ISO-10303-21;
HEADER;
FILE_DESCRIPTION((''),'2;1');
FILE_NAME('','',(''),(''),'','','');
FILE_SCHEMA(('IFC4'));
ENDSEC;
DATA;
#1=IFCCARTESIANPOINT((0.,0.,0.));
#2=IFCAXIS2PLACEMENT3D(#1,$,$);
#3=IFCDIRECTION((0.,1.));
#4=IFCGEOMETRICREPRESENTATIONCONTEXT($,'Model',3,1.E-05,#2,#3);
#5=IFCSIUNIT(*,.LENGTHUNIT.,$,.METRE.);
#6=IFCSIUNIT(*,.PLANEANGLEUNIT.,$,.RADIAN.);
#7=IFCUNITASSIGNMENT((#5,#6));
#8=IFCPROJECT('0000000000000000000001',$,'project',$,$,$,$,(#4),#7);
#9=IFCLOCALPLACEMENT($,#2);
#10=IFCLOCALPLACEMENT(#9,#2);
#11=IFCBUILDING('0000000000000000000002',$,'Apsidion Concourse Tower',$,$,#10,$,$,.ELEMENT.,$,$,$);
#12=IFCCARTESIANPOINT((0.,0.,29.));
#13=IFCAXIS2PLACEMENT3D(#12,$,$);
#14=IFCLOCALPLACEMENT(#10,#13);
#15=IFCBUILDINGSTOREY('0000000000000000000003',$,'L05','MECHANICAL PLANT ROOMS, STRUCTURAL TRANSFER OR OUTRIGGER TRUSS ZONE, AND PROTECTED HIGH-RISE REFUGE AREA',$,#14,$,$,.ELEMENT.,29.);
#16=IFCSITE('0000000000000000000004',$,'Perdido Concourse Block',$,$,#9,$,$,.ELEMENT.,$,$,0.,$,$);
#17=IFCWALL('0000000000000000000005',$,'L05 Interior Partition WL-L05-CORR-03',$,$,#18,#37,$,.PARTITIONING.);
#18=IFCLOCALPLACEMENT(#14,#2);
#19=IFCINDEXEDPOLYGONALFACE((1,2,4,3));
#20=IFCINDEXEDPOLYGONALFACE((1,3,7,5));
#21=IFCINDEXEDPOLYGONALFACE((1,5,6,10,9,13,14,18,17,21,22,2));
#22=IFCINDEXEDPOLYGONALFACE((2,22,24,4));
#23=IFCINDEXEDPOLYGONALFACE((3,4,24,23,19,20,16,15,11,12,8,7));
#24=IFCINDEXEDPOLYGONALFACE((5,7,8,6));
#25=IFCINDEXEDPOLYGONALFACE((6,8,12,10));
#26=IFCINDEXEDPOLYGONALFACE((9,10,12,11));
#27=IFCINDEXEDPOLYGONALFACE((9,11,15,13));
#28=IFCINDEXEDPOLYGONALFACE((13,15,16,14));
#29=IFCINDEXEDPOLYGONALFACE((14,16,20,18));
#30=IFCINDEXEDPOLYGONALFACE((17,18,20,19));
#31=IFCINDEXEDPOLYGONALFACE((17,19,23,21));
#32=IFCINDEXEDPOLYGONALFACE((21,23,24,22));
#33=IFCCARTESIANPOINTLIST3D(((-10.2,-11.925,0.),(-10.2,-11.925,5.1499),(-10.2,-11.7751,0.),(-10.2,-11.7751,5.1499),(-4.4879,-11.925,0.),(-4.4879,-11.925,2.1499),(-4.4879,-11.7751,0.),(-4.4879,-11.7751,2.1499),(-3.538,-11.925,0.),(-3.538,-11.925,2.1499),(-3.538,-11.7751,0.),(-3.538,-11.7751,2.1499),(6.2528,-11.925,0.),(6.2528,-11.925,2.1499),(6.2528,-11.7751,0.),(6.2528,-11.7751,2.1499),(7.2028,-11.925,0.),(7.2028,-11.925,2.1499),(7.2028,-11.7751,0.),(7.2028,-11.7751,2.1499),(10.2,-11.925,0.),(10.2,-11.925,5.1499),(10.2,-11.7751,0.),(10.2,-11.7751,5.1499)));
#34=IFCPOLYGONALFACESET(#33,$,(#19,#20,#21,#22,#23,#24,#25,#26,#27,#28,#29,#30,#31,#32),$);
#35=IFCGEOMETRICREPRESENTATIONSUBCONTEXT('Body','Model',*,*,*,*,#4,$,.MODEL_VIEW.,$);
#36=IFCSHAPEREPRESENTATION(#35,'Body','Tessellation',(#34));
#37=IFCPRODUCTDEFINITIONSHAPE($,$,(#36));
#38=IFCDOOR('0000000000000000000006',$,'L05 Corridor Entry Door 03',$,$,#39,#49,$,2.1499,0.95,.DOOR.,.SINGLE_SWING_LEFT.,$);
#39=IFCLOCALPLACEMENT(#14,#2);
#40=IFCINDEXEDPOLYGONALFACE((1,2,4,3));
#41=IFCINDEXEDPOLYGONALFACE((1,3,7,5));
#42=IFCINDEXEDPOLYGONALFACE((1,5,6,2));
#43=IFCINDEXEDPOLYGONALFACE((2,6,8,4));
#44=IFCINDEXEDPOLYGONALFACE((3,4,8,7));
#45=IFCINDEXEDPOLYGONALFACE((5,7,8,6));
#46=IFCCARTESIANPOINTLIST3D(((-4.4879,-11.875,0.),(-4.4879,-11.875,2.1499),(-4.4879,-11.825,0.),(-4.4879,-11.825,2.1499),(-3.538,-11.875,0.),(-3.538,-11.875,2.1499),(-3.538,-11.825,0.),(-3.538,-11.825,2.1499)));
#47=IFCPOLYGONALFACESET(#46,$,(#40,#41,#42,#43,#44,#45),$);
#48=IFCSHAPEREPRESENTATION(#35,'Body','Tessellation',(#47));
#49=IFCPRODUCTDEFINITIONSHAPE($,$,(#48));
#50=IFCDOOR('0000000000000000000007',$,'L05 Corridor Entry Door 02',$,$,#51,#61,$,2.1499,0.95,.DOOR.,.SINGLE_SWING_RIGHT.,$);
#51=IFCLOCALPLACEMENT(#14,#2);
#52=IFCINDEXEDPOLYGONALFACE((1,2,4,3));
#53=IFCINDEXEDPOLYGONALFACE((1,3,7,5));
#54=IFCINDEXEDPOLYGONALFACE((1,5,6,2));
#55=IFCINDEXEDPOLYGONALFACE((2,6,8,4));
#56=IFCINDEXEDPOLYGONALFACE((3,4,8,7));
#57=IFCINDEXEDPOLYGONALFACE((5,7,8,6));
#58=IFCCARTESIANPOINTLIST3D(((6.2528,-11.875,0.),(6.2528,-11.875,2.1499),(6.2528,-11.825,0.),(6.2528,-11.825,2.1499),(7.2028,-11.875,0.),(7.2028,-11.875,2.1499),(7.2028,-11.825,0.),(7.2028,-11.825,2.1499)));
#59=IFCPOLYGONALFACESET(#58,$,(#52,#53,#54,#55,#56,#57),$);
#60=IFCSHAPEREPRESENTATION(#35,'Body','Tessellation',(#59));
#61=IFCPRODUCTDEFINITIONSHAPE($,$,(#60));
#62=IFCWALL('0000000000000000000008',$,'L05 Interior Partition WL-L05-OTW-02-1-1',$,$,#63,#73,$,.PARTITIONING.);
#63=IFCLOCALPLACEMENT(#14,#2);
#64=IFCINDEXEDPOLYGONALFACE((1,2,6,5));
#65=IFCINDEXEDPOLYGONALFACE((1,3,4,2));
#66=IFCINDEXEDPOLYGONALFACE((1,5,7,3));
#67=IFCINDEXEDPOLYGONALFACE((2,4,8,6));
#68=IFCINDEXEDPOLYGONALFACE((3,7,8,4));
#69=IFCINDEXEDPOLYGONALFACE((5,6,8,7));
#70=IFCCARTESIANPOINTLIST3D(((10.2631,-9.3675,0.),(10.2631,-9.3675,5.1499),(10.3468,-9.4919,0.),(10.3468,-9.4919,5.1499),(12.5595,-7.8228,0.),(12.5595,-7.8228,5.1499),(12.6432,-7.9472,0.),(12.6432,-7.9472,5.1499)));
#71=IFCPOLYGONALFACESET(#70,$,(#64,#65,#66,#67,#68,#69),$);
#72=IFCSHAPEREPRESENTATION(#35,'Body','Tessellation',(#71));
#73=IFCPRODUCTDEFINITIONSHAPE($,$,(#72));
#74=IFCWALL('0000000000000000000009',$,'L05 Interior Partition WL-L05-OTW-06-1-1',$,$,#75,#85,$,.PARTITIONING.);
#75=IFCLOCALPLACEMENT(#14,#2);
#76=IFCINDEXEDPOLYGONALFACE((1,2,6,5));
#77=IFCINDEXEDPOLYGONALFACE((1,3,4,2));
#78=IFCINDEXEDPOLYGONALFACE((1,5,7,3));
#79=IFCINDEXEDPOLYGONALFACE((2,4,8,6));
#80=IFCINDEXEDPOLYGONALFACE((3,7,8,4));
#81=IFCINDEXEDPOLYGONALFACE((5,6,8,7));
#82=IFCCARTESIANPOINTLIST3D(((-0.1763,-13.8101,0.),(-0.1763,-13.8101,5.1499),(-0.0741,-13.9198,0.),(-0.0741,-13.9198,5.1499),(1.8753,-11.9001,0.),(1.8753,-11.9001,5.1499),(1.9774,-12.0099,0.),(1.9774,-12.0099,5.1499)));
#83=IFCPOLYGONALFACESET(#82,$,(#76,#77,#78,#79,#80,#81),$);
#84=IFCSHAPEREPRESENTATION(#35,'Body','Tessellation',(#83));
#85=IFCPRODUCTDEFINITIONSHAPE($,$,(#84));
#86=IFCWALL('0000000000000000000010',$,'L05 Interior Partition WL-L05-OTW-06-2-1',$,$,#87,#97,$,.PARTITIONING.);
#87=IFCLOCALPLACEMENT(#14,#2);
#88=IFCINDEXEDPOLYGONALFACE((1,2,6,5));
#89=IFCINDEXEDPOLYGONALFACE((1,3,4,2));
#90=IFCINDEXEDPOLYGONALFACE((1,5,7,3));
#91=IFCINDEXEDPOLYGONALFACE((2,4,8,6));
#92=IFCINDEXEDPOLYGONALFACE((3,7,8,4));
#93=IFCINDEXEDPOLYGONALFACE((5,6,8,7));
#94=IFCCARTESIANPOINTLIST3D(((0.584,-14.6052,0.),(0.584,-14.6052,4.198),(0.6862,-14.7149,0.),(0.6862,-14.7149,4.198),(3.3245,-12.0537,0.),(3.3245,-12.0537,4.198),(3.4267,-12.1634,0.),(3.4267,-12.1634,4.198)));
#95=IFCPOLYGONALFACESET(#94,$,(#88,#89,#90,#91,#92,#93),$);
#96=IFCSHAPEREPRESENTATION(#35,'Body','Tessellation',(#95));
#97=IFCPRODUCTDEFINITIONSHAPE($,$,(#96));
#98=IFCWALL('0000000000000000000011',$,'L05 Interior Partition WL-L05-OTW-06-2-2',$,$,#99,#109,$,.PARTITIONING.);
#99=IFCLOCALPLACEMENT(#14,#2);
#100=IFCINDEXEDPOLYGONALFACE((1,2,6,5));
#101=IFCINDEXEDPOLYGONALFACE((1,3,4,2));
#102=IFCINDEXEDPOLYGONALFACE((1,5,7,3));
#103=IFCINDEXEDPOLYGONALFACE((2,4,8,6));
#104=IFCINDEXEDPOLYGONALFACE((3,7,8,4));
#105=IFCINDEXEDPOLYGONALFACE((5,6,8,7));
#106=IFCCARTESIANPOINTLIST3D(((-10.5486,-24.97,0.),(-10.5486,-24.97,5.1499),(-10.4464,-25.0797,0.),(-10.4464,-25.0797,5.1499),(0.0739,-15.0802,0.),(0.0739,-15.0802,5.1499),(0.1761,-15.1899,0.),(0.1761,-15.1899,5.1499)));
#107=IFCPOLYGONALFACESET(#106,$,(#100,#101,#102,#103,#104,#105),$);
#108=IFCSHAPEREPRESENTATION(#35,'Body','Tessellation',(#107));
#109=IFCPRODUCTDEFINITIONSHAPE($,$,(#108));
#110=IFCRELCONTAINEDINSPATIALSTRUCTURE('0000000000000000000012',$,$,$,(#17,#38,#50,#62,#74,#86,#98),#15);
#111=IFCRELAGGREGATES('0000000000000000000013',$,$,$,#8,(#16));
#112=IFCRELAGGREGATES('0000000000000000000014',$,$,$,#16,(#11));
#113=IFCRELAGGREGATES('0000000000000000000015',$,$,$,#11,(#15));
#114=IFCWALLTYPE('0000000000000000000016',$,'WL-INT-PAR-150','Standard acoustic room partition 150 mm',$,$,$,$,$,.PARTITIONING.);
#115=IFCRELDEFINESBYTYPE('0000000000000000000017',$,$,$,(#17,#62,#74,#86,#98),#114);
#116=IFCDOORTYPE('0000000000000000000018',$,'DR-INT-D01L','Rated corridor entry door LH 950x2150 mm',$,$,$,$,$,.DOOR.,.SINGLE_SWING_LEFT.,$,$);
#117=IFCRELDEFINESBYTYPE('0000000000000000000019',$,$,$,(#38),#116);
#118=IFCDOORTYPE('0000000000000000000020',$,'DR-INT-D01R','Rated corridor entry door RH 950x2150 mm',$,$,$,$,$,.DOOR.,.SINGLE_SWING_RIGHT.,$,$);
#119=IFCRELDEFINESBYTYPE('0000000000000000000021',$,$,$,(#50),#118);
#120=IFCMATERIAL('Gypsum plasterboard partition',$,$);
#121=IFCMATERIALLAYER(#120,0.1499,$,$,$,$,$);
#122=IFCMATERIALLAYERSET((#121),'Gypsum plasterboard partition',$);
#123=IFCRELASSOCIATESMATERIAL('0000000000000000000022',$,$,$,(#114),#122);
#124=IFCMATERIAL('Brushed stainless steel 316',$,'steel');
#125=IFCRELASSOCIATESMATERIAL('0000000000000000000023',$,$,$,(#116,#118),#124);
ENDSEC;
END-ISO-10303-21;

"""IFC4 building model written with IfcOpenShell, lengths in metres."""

from ifc_helpers import new_model, si_unit, direction, frame, frame_2d, origin, place, context, subcontext, project, spatial, rectangle, extrude, material, layer, layer_set, type_object, element, fill, save


model = new_model("IFC4")

# Units and contexts
model_context = context("Model", 3, precision=1e-05, world=origin(), true_north=direction((0.0, 1.0)))
body_context = subcontext(model_context, "Body", "Model", "MODEL_VIEW")
ifc_project = project(units=[si_unit("LENGTHUNIT", "METRE"), si_unit("PLANEANGLEUNIT", "RADIAN")], contexts=[model_context])

# Site, building, storey
site_placement = place(None, origin())
site = spatial("IfcSite", under=ifc_project, at=site_placement, Name="Perdido Concourse Block", CompositionType="ELEMENT", RefElevation=0.0)
building_placement = place(site_placement, origin())
building = spatial("IfcBuilding", under=site, at=building_placement, Name="Apsidion Concourse Tower", CompositionType="ELEMENT")
storey_placement = place(building_placement, frame((0.0, 0.0, 29.0)))
storey = spatial("IfcBuildingStorey", under=building, at=storey_placement, Name="L05", Description="MECHANICAL PLANT ROOMS, STRUCTURAL TRANSFER OR OUTRIGGER TRUSS ZONE, AND PROTECTED HIGH-RISE REFUGE AREA", CompositionType="ELEMENT", Elevation=29.0)

# Wall, openings, doors
ifc_material_1 = material(Name="Gypsum plasterboard partition")
ifc_layer_1 = layer(ifc_material_1, 0.1499)
ifc_layer_set_1 = layer_set([ifc_layer_1], Name="Gypsum plasterboard partition")
wall_type = type_object("IfcWallType", Name="WL-INT-PAR-150", Description="Standard acoustic room partition 150 mm", PredefinedType="PARTITIONING", material=ifc_layer_set_1)
wall_1_placement = place(storey_placement, frame((10.2, -11.8501, 0.0), z_axis=(0.0, 0.0, 1.0), x_axis=(-1.0, 0.0, 0.0)))
wall_1 = element("IfcWall", 1, at=wall_1_placement, inside=storey, type_object=wall_type, Name="L05 Interior Partition WL-L05-CORR-03", PredefinedType="PARTITIONING", context=body_context, shape_type="SweptSolid", body=[
    extrude(rectangle(XDim=20.3999, YDim=0.1499, at=frame_2d((10.2, 0.0))), origin(), (0.0, 0.0, 1.0), 5.1499),
])
opening_1_placement = place(wall_1_placement, frame((2.9971, 0.0, 0.0)))
opening_1 = element("IfcOpeningElement", 2, at=opening_1_placement, cuts=wall_1, PredefinedType="OPENING", context=body_context, shape_type="SweptSolid", body=[
    extrude(rectangle(XDim=0.95, YDim=2.1499, at=frame_2d((0.4751, 1.075))), frame((0.0, 0.085, 0.0), z_axis=(0.0, -1.0, 0.0), x_axis=(1.0, 0.0, 0.0)), (0.0, 0.0, 1.0), 0.1699),
])
opening_2_placement = place(wall_1_placement, frame((13.7378, 0.0, 0.0)))
opening_2 = element("IfcOpeningElement", 3, at=opening_2_placement, cuts=wall_1, PredefinedType="OPENING", context=body_context, shape_type="SweptSolid", body=[
    extrude(rectangle(XDim=0.95, YDim=2.1499, at=frame_2d((0.4751, 1.075))), frame((0.0, 0.085, 0.0), z_axis=(0.0, -1.0, 0.0), x_axis=(1.0, 0.0, 0.0)), (0.0, 0.0, 1.0), 0.1699),
])
ifc_material_2 = material(Name="Brushed stainless steel 316", Category="steel")
door_type_1 = type_object("IfcDoorType", Name="DR-INT-D01L", Description="Rated corridor entry door LH 950x2150 mm", OperationType="SINGLE_SWING_LEFT", PredefinedType="DOOR", material=ifc_material_2)
door_1_placement = place(opening_2_placement, origin())
door_1 = element("IfcDoor", 4, at=door_1_placement, inside=storey, type_object=door_type_1, Name="L05 Corridor Entry Door 03", OperationType="SINGLE_SWING_LEFT", OverallHeight=2.1499, OverallWidth=0.95, PredefinedType="DOOR", context=body_context, shape_type="SweptSolid", body=[
    extrude(rectangle(XDim=0.95, YDim=2.1499, at=frame_2d((0.4751, 1.075))), frame((0.0, 0.0249, 0.0), z_axis=(0.0, -1.0, 0.0), x_axis=(1.0, 0.0, 0.0)), (0.0, 0.0, 1.0), 0.05),
])
fill(opening_2, door_1)
door_type_2 = type_object("IfcDoorType", Name="DR-INT-D01R", Description="Rated corridor entry door RH 950x2150 mm", OperationType="SINGLE_SWING_RIGHT", PredefinedType="DOOR", material=ifc_material_2)
door_2_placement = place(opening_1_placement, origin())
door_2 = element("IfcDoor", 5, at=door_2_placement, inside=storey, type_object=door_type_2, Name="L05 Corridor Entry Door 02", OperationType="SINGLE_SWING_RIGHT", OverallHeight=2.1499, OverallWidth=0.95, PredefinedType="DOOR", context=body_context, shape_type="SweptSolid", body=[
    extrude(rectangle(XDim=0.95, YDim=2.1499, at=frame_2d((0.4751, 1.075))), frame((0.0, 0.0249, 0.0), z_axis=(0.0, -1.0, 0.0), x_axis=(1.0, 0.0, 0.0)), (0.0, 0.0, 1.0), 0.05),
])
fill(opening_1, door_2)

# Walls
wall_2_placement = place(storey_placement, frame((10.3049, -9.4297, 0.0), z_axis=(0.0, 0.0, 1.0), x_axis=(0.82975, 0.558136, 0.0)))
element("IfcWall", 6, at=wall_2_placement, inside=storey, type_object=wall_type, Name="L05 Interior Partition WL-L05-OTW-02-1-1", PredefinedType="PARTITIONING", context=body_context, shape_type="SweptSolid", body=[
    extrude(rectangle(XDim=2.7676, YDim=0.1499, at=frame_2d((1.3838, 0.0))), origin(), (0.0, 0.0, 1.0), 5.1499),
])
wall_3_placement = place(storey_placement, frame((1.9263, -11.9551, 0.0), z_axis=(0.0, 0.0, 1.0), x_axis=(-0.731915, -0.681396, 0.0)))
element("IfcWall", 7, at=wall_3_placement, inside=storey, type_object=wall_type, Name="L05 Interior Partition WL-L05-OTW-06-1-1", PredefinedType="PARTITIONING", context=body_context, shape_type="SweptSolid", body=[
    extrude(rectangle(XDim=2.803, YDim=0.1499, at=frame_2d((1.4014, 0.0))), origin(), (0.0, 0.0, 1.0), 5.1499),
])
wall_4_placement = place(storey_placement, frame((3.3755, -12.1086, 0.0), z_axis=(0.0, 0.0, 1.0), x_axis=(-0.731889, -0.681423, 0.0)))
element("IfcWall", 8, at=wall_4_placement, inside=storey, type_object=wall_type, Name="L05 Interior Partition WL-L05-OTW-06-2-1", PredefinedType="PARTITIONING", context=body_context, shape_type="SweptSolid", body=[
    extrude(rectangle(XDim=3.7444, YDim=0.1499, at=frame_2d((1.8721, 0.0))), origin(), (0.0, 0.0, 1.0), 4.198),
])
wall_5_placement = place(storey_placement, frame((0.125, -15.135, 0.0), z_axis=(0.0, 0.0, 1.0), x_axis=(-0.731897, -0.681416, 0.0)))
element("IfcWall", 9, at=wall_5_placement, inside=storey, type_object=wall_type, Name="L05 Interior Partition WL-L05-OTW-06-2-2", PredefinedType="PARTITIONING", context=body_context, shape_type="SweptSolid", body=[
    extrude(rectangle(XDim=14.5137, YDim=0.1499, at=frame_2d((7.2568, 0.0))), origin(), (0.0, 0.0, 1.0), 5.1499),
])

save(model, "model.ifc")
